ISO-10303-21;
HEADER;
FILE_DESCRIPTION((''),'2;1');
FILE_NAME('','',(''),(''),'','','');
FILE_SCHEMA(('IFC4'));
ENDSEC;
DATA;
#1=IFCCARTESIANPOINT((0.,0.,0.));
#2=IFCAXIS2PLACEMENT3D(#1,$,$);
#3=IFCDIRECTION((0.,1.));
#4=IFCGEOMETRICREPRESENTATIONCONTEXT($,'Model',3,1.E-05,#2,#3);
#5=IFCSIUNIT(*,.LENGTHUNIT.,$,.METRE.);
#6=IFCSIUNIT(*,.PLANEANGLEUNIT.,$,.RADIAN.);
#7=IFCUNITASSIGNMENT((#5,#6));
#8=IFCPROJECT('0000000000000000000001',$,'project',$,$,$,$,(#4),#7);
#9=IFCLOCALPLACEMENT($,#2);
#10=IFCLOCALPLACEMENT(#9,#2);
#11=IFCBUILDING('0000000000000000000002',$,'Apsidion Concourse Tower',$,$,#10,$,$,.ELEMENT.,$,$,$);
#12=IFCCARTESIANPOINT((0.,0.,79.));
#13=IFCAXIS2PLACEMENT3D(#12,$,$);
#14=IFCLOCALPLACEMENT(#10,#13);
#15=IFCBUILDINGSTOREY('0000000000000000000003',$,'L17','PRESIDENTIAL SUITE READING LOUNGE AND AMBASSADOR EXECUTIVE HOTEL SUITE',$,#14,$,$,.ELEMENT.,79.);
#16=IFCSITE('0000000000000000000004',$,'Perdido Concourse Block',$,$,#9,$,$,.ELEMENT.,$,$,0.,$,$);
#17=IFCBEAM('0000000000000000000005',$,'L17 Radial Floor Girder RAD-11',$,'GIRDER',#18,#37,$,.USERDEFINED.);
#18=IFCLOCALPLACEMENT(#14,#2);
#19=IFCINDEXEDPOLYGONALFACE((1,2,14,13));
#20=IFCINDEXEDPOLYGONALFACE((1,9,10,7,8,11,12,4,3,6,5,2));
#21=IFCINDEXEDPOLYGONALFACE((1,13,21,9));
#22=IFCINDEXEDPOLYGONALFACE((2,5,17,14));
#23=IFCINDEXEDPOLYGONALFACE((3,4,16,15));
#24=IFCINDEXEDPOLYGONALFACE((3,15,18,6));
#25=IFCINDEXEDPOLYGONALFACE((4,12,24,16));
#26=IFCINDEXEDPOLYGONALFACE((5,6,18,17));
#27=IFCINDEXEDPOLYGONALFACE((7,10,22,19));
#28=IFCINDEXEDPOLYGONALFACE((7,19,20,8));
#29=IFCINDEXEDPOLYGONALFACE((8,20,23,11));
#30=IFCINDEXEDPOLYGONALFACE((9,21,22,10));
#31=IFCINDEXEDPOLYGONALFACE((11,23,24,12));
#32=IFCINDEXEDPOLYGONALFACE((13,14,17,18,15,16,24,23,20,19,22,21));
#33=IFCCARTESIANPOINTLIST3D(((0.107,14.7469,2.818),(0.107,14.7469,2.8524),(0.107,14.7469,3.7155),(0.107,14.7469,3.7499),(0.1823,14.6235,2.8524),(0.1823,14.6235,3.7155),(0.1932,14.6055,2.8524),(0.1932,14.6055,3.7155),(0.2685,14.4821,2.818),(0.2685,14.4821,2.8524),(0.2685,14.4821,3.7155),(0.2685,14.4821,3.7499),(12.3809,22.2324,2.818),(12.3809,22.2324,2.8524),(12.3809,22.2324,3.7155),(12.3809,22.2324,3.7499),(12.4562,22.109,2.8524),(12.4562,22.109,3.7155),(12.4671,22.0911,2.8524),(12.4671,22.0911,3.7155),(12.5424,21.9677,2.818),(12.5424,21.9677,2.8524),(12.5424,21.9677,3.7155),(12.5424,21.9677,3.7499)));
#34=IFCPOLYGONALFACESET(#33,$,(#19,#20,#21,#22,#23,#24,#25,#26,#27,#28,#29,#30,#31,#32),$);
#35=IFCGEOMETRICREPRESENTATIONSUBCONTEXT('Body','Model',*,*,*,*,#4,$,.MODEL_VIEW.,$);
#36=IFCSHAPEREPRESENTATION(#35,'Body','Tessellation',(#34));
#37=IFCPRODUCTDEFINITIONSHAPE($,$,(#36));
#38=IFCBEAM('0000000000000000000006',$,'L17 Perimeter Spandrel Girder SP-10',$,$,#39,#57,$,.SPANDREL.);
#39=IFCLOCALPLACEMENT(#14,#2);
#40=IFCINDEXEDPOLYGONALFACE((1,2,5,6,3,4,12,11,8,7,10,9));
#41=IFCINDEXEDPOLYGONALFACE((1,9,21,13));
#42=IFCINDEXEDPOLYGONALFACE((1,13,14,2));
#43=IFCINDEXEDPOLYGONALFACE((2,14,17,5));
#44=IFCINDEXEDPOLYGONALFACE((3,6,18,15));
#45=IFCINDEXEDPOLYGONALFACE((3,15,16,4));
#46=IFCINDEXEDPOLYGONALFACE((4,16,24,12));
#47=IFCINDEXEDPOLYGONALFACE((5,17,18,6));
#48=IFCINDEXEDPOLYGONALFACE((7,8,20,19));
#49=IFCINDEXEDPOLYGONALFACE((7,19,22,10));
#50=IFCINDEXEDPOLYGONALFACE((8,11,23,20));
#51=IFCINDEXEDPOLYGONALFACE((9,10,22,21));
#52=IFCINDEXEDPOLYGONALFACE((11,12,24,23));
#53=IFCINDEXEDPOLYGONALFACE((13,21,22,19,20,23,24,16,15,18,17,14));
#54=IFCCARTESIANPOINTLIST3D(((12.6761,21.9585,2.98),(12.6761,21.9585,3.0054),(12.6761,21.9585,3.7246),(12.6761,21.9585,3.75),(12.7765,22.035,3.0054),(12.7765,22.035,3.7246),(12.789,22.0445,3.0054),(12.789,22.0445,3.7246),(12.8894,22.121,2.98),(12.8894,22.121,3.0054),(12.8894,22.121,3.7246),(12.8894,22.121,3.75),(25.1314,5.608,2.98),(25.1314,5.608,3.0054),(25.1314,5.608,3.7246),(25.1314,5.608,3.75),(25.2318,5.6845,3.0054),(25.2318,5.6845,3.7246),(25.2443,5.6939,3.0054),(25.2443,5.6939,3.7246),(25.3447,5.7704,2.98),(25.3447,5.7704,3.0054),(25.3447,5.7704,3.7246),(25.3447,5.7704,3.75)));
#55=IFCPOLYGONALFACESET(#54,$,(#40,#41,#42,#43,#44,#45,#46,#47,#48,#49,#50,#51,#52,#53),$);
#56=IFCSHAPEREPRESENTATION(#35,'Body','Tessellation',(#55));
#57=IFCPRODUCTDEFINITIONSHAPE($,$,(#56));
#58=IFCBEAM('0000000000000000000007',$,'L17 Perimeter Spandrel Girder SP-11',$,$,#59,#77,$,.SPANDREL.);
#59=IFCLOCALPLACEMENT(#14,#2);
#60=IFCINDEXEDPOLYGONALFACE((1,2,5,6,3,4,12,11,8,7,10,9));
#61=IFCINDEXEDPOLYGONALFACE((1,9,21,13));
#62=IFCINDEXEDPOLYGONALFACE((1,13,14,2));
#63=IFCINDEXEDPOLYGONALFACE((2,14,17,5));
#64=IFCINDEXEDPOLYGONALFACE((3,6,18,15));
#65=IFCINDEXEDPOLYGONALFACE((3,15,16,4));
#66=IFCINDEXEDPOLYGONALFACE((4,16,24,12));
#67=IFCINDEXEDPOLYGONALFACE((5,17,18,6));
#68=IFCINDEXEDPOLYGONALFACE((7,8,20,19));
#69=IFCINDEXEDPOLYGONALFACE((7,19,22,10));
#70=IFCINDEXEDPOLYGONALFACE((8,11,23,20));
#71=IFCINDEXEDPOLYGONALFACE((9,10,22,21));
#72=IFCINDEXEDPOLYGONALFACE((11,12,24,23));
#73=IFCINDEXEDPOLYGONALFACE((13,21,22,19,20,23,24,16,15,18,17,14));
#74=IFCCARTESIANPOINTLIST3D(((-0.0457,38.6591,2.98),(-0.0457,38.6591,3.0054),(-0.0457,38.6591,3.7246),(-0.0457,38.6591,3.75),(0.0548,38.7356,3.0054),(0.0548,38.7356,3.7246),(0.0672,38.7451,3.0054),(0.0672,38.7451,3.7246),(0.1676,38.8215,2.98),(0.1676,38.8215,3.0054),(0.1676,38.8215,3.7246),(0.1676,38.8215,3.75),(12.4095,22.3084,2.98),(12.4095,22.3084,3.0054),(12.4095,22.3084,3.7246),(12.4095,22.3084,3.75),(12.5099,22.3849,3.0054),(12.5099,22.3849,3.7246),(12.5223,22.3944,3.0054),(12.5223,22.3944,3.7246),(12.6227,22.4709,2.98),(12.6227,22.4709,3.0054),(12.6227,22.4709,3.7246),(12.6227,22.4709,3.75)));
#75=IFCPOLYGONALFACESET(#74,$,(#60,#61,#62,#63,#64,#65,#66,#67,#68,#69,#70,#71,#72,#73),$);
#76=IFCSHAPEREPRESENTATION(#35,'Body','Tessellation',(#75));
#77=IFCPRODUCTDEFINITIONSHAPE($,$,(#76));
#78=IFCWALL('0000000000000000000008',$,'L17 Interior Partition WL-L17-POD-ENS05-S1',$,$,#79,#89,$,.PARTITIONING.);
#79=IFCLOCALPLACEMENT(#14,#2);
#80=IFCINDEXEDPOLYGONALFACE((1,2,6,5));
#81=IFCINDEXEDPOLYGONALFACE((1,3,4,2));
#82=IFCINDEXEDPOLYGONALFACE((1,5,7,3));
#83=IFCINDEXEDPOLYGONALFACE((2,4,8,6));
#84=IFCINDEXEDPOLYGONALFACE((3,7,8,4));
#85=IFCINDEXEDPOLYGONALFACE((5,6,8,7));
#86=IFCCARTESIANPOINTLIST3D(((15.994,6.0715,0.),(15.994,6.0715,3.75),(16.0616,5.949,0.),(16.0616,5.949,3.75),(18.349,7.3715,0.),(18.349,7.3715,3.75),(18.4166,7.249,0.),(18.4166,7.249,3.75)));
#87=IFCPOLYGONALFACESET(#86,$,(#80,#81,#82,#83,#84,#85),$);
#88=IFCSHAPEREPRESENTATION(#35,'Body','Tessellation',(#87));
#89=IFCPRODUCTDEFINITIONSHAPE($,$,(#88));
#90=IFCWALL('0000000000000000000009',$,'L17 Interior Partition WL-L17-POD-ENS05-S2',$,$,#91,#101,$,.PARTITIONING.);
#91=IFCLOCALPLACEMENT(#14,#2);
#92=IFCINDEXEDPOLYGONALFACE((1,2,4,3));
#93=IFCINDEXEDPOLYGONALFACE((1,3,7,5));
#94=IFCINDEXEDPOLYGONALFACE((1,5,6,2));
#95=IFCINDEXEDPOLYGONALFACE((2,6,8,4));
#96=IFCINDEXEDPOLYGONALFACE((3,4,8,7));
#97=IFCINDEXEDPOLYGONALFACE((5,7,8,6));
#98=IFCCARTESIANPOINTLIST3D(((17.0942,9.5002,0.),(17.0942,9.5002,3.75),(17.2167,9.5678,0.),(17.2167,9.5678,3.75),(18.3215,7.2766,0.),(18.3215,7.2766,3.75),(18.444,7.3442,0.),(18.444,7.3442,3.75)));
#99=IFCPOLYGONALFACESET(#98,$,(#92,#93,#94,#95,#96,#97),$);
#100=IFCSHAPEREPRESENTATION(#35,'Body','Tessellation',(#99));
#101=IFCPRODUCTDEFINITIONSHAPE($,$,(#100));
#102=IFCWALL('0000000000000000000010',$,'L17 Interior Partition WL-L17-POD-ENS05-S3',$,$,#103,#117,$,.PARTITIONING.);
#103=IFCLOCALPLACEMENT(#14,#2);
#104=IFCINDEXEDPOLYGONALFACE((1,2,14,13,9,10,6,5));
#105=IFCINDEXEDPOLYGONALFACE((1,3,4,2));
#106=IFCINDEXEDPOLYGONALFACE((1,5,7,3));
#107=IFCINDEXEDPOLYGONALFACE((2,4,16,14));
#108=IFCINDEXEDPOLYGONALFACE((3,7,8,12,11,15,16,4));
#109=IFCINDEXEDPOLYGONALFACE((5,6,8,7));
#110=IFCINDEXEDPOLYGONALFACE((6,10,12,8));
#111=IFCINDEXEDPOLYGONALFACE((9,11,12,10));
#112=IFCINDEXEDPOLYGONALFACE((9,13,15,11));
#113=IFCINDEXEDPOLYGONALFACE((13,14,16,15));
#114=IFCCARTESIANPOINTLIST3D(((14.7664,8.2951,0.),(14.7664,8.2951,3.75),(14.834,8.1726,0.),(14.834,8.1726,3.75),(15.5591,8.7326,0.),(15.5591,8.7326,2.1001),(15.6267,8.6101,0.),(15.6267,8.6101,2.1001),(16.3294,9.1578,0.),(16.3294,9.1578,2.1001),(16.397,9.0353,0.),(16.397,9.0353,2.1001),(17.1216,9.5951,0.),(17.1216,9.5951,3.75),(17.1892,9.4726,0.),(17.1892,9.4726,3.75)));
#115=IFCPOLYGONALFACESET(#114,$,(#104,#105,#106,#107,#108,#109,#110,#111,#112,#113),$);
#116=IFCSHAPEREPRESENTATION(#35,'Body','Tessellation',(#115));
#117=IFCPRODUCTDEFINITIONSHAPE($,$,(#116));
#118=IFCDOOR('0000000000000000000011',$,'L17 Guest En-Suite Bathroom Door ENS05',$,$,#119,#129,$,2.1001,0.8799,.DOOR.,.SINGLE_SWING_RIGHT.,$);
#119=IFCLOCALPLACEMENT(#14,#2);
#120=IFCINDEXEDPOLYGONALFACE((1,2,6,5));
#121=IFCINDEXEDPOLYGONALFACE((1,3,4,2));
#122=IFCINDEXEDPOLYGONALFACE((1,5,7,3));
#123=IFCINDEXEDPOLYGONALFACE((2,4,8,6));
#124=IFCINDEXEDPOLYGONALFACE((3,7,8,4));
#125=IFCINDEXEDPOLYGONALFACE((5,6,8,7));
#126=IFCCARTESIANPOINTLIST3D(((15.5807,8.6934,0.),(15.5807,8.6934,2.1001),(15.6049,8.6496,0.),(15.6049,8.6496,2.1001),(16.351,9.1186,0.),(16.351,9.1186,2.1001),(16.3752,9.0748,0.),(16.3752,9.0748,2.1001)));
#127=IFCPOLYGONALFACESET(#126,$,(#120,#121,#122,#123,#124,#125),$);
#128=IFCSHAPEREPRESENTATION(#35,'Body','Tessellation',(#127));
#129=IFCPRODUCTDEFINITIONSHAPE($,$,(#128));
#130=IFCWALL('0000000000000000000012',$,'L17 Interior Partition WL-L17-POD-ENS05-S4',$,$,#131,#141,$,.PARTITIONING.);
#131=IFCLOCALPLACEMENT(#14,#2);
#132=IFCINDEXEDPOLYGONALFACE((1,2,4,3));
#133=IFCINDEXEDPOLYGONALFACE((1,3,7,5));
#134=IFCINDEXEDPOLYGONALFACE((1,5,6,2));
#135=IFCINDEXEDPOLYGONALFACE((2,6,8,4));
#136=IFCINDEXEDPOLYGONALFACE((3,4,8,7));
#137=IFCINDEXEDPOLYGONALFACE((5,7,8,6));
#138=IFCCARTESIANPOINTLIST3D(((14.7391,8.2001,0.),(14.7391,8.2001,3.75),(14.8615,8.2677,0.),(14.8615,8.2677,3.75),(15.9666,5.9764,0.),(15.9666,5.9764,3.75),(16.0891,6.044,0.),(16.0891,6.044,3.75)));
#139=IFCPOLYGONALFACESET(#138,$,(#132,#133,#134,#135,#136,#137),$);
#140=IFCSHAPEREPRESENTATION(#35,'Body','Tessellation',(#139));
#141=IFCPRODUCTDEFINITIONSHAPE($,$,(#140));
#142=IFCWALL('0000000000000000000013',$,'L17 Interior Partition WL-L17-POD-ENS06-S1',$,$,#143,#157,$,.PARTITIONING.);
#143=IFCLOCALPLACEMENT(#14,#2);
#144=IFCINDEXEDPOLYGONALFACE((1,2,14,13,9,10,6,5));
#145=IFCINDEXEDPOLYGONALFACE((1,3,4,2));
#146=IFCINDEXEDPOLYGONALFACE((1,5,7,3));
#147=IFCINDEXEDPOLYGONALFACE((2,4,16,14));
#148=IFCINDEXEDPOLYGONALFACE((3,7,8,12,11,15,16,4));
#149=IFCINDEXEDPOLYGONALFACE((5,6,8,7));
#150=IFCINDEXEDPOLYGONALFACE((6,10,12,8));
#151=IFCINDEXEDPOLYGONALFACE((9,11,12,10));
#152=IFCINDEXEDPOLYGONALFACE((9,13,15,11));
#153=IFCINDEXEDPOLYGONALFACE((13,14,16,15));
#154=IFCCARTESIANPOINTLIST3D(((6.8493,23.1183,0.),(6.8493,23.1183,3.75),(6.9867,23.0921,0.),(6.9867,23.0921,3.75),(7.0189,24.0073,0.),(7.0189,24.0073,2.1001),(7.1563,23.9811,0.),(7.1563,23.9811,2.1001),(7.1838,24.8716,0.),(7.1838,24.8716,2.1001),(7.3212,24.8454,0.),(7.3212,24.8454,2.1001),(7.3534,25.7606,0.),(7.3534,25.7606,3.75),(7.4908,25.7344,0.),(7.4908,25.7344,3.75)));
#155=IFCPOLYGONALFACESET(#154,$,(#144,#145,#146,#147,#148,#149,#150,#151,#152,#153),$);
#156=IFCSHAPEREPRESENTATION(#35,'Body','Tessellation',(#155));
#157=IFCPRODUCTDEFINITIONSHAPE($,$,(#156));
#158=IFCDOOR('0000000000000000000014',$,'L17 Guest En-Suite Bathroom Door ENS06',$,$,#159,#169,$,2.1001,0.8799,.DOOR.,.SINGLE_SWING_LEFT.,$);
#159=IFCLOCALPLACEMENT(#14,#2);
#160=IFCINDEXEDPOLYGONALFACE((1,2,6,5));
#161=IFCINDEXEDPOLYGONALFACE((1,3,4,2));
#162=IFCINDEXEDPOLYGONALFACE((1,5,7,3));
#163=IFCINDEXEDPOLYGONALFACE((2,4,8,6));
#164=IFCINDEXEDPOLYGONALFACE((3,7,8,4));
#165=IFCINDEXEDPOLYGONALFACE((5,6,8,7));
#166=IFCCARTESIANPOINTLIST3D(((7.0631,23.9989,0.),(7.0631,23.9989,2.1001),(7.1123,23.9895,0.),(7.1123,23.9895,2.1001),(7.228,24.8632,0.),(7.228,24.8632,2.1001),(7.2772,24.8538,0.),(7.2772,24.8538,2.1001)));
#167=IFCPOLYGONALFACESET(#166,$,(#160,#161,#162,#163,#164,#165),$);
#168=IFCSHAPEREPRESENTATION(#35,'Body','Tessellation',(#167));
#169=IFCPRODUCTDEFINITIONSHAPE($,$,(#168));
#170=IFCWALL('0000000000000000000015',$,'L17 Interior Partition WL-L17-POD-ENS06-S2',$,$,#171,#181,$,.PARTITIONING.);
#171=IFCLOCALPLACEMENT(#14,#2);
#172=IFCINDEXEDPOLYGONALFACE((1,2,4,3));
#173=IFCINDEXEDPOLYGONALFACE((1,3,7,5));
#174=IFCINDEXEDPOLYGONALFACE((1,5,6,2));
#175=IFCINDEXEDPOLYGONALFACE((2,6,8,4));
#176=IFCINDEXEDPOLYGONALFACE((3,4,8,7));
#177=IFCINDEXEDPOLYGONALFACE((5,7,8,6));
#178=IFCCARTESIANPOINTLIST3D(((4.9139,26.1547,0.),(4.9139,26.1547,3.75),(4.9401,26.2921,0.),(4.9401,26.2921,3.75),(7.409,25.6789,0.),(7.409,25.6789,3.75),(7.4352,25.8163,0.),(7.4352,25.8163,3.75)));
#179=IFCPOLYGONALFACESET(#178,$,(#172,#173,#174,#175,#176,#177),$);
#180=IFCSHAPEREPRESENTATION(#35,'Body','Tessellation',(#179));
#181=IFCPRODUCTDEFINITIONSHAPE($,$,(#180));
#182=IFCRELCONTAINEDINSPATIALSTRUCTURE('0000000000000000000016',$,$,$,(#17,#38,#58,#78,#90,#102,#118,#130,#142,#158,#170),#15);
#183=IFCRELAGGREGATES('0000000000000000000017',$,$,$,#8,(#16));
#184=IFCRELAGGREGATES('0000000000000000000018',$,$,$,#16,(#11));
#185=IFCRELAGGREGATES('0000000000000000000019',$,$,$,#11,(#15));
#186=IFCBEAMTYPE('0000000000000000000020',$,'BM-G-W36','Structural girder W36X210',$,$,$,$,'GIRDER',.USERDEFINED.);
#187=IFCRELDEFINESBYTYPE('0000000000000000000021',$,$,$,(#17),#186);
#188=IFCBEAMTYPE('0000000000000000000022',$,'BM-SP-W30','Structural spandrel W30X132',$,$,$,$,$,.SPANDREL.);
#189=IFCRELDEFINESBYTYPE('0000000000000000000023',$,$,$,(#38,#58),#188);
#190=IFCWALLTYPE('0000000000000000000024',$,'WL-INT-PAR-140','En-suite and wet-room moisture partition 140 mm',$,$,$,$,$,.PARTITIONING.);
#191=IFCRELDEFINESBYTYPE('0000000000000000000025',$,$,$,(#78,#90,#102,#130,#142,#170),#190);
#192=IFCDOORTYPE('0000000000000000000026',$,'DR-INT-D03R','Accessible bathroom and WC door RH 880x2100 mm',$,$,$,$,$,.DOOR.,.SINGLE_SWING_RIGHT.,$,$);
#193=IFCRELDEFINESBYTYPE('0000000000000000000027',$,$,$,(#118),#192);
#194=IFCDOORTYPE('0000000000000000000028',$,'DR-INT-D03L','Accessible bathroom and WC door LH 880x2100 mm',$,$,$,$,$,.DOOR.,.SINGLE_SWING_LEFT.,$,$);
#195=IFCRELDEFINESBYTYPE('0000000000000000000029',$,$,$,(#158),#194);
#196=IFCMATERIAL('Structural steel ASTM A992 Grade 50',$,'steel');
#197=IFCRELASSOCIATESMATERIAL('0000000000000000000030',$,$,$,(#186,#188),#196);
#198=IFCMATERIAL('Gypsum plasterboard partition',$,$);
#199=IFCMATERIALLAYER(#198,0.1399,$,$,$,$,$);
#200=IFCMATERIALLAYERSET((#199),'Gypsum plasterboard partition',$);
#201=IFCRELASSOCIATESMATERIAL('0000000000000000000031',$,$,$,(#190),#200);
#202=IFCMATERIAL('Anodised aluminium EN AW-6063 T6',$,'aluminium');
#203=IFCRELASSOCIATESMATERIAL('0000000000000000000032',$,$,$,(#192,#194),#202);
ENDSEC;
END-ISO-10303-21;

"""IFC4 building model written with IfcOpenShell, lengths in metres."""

from ifc_helpers import new_model, si_unit, direction, frame, frame_2d, origin, origin_2d, place, context, subcontext, project, spatial, rectangle, i_section, extrude, material, layer, layer_set, material_profile, profile_set, type_object, element, fill, save


model = new_model("IFC4")

# Units and contexts
model_context = context("Model", 3, precision=1e-05, world=origin(), true_north=direction((0.0, 1.0)))
body_context = subcontext(model_context, "Body", "Model", "MODEL_VIEW")
ifc_project = project(units=[si_unit("LENGTHUNIT", "METRE"), si_unit("PLANEANGLEUNIT", "RADIAN")], contexts=[model_context])

# Site, building, storey
site_placement = place(None, origin())
site = spatial("IfcSite", under=ifc_project, at=site_placement, Name="Perdido Concourse Block", CompositionType="ELEMENT", RefElevation=0.0)
building_placement = place(site_placement, origin())
building = spatial("IfcBuilding", under=site, at=building_placement, Name="Apsidion Concourse Tower", CompositionType="ELEMENT")
storey_placement = place(building_placement, frame((0.0, 0.0, 79.0)))
storey = spatial("IfcBuildingStorey", under=building, at=storey_placement, Name="L17", Description="PRESIDENTIAL SUITE READING LOUNGE AND AMBASSADOR EXECUTIVE HOTEL SUITE", CompositionType="ELEMENT", Elevation=79.0)

# Beams
ifc_material_1 = material(Name="Structural steel ASTM A992 Grade 50", Category="steel")
ifc_material_profile_1 = material_profile(ifc_material_1, i_section(OverallWidth=0.3101, OverallDepth=0.9319, WebThickness=0.021, FlangeThickness=0.0344, at=origin_2d()), Name="W36X210")
ifc_profile_set_1 = profile_set([ifc_material_profile_1], Name="Structural steel ASTM A992 Grade 50")
beam_type_1 = type_object("IfcBeamType", Name="BM-G-W36", Description="Structural girder W36X210", ElementType="GIRDER", PredefinedType="USERDEFINED", material=ifc_profile_set_1)
beam_1_placement = place(storey_placement, frame((0.1877, 14.6145, 3.2839), z_axis=(0.85375, 0.520683, 0.0), x_axis=(-0.520683, 0.85375, 0.0)))
element("IfcBeam", 1, at=beam_1_placement, inside=storey, type_object=beam_type_1, Name="L17 Radial Floor Girder RAD-11", ObjectType="GIRDER", PredefinedType="USERDEFINED", context=body_context, shape_type="SweptSolid", body=[
    extrude(i_section(OverallWidth=0.3101, OverallDepth=0.9319, WebThickness=0.021, FlangeThickness=0.0344, at=origin_2d()), origin(), (0.0, 0.0, 1.0), 14.3765),
])
ifc_material_profile_2 = material_profile(ifc_material_1, i_section(OverallWidth=0.2681, OverallDepth=0.77, WebThickness=0.0156, FlangeThickness=0.0254, at=origin_2d()), Name="W30X132")
ifc_profile_set_2 = profile_set([ifc_material_profile_2], Name="Structural steel ASTM A992 Grade 50")
beam_type_2 = type_object("IfcBeamType", Name="BM-SP-W30", Description="Structural spandrel W30X132", PredefinedType="SPANDREL", material=ifc_profile_set_2)
for number, where, z_axis, x_axis, name in (
    (2, (25.238, 5.6892, 3.365), (-0.605973, 0.795485, 0.0), (-0.795485, -0.605973, 0.0), "L17 Perimeter Spandrel Girder SP-10"),
    (3, (12.5161, 22.3896, 3.365), (-0.605966, 0.795491, 0.0), (-0.795491, -0.605966, 0.0), "L17 Perimeter Spandrel Girder SP-11"),
):
    element("IfcBeam", number, at=place(storey_placement, frame(where, z_axis=z_axis, x_axis=x_axis)), inside=storey, type_object=beam_type_2, Name=name, PredefinedType="SPANDREL", context=body_context, shape_type="SweptSolid", body=[
        extrude(i_section(OverallWidth=0.2681, OverallDepth=0.77, WebThickness=0.0156, FlangeThickness=0.0254, at=origin_2d()), origin(), (0.0, 0.0, 1.0), 20.5542),
    ])

# Walls
ifc_material_2 = material(Name="Gypsum plasterboard partition")
ifc_layer_1 = layer(ifc_material_2, 0.1399)
ifc_layer_set_1 = layer_set([ifc_layer_1], Name="Gypsum plasterboard partition")
wall_type_1 = type_object("IfcWallType", Name="WL-INT-PAR-140", Description="En-suite and wet-room moisture partition 140 mm", PredefinedType="PARTITIONING", material=ifc_layer_set_1)
wall_1_placement = place(storey_placement, frame((16.0278, 6.0103, 0.0), z_axis=(0.0, 0.0, 1.0), x_axis=(0.87546, 0.483291, 0.0)))
element("IfcWall", 4, at=wall_1_placement, inside=storey, type_object=wall_type_1, Name="L17 Interior Partition WL-L17-POD-ENS05-S1", PredefinedType="PARTITIONING", context=body_context, shape_type="SweptSolid", body=[
    extrude(rectangle(XDim=2.6899, YDim=0.1399, at=frame_2d((1.345, 0.0))), origin(), (0.0, 0.0, 1.0), 3.75),
])
wall_2_placement = place(storey_placement, frame((18.3828, 7.3103, 0.0), z_axis=(0.0, 0.0, 1.0), x_axis=(-0.483217, 0.875501, 0.0)))
element("IfcWall", 5, at=wall_2_placement, inside=storey, type_object=wall_type_1, Name="L17 Interior Partition WL-L17-POD-ENS05-S2", PredefinedType="PARTITIONING", context=body_context, shape_type="SweptSolid", body=[
    extrude(rectangle(XDim=2.5398, YDim=0.1399, at=frame_2d((1.27, 0.0))), origin(), (0.0, 0.0, 1.0), 3.75),
])

# Wall, opening, door
wall_3_placement = place(storey_placement, frame((17.1555, 9.5339, 0.0), z_axis=(0.0, 0.0, 1.0), x_axis=(-0.875481, -0.483252, 0.0)))
wall_3 = element("IfcWall", 6, at=wall_3_placement, inside=storey, type_object=wall_type_1, Name="L17 Interior Partition WL-L17-POD-ENS05-S3", PredefinedType="PARTITIONING", context=body_context, shape_type="SweptSolid", body=[
    extrude(rectangle(XDim=2.6902, YDim=0.1399, at=frame_2d((1.3452, 0.0))), origin(), (0.0, 0.0, 1.0), 3.75),
])
opening_1_placement = place(wall_3_placement, frame((0.905, 0.0, 0.0)))
opening_1 = element("IfcOpeningElement", 7, at=opening_1_placement, cuts=wall_3, PredefinedType="OPENING", context=body_context, shape_type="SweptSolid", body=[
    extrude(rectangle(XDim=0.8799, YDim=2.1001, at=frame_2d((0.4399, 1.05))), frame((0.0, 0.0801, 0.0), z_axis=(0.0, -1.0, 0.0), x_axis=(1.0, 0.0, 0.0)), (0.0, 0.0, 1.0), 0.1599),
])
ifc_material_3 = material(Name="Anodised aluminium EN AW-6063 T6", Category="aluminium")
door_type_1 = type_object("IfcDoorType", Name="DR-INT-D03R", Description="Accessible bathroom and WC door RH 880x2100 mm", OperationType="SINGLE_SWING_RIGHT", PredefinedType="DOOR", material=ifc_material_3)
door_1_placement = place(opening_1_placement, origin())
door_1 = element("IfcDoor", 8, at=door_1_placement, inside=storey, type_object=door_type_1, Name="L17 Guest En-Suite Bathroom Door ENS05", OperationType="SINGLE_SWING_RIGHT", OverallHeight=2.1001, OverallWidth=0.8799, PredefinedType="DOOR", context=body_context, shape_type="SweptSolid", body=[
    extrude(rectangle(XDim=0.8799, YDim=2.1001, at=frame_2d((0.4399, 1.05))), frame((0.0, 0.0249, 0.0), z_axis=(0.0, -1.0, 0.0), x_axis=(1.0, 0.0, 0.0)), (0.0, 0.0, 1.0), 0.05),
])
fill(opening_1, door_1)

# Wall
wall_4_placement = place(storey_placement, frame((14.8003, 8.2339, 0.0), z_axis=(0.0, 0.0, 1.0), x_axis=(0.483291, -0.87546, 0.0)))
element("IfcWall", 9, at=wall_4_placement, inside=storey, type_object=wall_type_1, Name="L17 Interior Partition WL-L17-POD-ENS05-S4", PredefinedType="PARTITIONING", context=body_context, shape_type="SweptSolid", body=[
    extrude(rectangle(XDim=2.54, YDim=0.1399, at=frame_2d((1.27, 0.0))), origin(), (0.0, 0.0, 1.0), 3.75),
])

# Wall, opening, door
wall_5_placement = place(storey_placement, frame((6.918, 23.1052, 0.0), z_axis=(0.0, 0.0, 1.0), x_axis=(0.187417, 0.982281, 0.0)))
wall_5 = element("IfcWall", 10, at=wall_5_placement, inside=storey, type_object=wall_type_1, Name="L17 Interior Partition WL-L17-POD-ENS06-S1", PredefinedType="PARTITIONING", context=body_context, shape_type="SweptSolid", body=[
    extrude(rectangle(XDim=2.6899, YDim=0.1399, at=frame_2d((1.345, 0.0))), origin(), (0.0, 0.0, 1.0), 3.75),
])
opening_2_placement = place(wall_5_placement, frame((0.905, 0.0, 0.0)))
opening_2 = element("IfcOpeningElement", 11, at=opening_2_placement, cuts=wall_5, PredefinedType="OPENING", context=body_context, shape_type="SweptSolid", body=[
    extrude(rectangle(XDim=0.8799, YDim=2.1001, at=frame_2d((0.4399, 1.05))), frame((0.0, 0.0801, 0.0), z_axis=(0.0, -1.0, 0.0), x_axis=(1.0, 0.0, 0.0)), (0.0, 0.0, 1.0), 0.1599),
])
door_type_2 = type_object("IfcDoorType", Name="DR-INT-D03L", Description="Accessible bathroom and WC door LH 880x2100 mm", OperationType="SINGLE_SWING_LEFT", PredefinedType="DOOR", material=ifc_material_3)
door_2_placement = place(opening_2_placement, origin())
door_2 = element("IfcDoor", 12, at=door_2_placement, inside=storey, type_object=door_type_2, Name="L17 Guest En-Suite Bathroom Door ENS06", OperationType="SINGLE_SWING_LEFT", OverallHeight=2.1001, OverallWidth=0.8799, PredefinedType="DOOR", context=body_context, shape_type="SweptSolid", body=[
    extrude(rectangle(XDim=0.8799, YDim=2.1001, at=frame_2d((0.4399, 1.05))), frame((0.0, 0.0249, 0.0), z_axis=(0.0, -1.0, 0.0), x_axis=(1.0, 0.0, 0.0)), (0.0, 0.0, 1.0), 0.05),
])
fill(opening_2, door_2)

# Wall
wall_6_placement = place(storey_placement, frame((7.4221, 25.7476, 0.0), z_axis=(0.0, 0.0, 1.0), x_axis=(-0.982297, 0.187329, 0.0)))
element("IfcWall", 13, at=wall_6_placement, inside=storey, type_object=wall_type_1, Name="L17 Interior Partition WL-L17-POD-ENS06-S2", PredefinedType="PARTITIONING", context=body_context, shape_type="SweptSolid", body=[
    extrude(rectangle(XDim=2.54, YDim=0.1399, at=frame_2d((1.27, 0.0))), origin(), (0.0, 0.0, 1.0), 3.75),
])

save(model, "model.ifc")
